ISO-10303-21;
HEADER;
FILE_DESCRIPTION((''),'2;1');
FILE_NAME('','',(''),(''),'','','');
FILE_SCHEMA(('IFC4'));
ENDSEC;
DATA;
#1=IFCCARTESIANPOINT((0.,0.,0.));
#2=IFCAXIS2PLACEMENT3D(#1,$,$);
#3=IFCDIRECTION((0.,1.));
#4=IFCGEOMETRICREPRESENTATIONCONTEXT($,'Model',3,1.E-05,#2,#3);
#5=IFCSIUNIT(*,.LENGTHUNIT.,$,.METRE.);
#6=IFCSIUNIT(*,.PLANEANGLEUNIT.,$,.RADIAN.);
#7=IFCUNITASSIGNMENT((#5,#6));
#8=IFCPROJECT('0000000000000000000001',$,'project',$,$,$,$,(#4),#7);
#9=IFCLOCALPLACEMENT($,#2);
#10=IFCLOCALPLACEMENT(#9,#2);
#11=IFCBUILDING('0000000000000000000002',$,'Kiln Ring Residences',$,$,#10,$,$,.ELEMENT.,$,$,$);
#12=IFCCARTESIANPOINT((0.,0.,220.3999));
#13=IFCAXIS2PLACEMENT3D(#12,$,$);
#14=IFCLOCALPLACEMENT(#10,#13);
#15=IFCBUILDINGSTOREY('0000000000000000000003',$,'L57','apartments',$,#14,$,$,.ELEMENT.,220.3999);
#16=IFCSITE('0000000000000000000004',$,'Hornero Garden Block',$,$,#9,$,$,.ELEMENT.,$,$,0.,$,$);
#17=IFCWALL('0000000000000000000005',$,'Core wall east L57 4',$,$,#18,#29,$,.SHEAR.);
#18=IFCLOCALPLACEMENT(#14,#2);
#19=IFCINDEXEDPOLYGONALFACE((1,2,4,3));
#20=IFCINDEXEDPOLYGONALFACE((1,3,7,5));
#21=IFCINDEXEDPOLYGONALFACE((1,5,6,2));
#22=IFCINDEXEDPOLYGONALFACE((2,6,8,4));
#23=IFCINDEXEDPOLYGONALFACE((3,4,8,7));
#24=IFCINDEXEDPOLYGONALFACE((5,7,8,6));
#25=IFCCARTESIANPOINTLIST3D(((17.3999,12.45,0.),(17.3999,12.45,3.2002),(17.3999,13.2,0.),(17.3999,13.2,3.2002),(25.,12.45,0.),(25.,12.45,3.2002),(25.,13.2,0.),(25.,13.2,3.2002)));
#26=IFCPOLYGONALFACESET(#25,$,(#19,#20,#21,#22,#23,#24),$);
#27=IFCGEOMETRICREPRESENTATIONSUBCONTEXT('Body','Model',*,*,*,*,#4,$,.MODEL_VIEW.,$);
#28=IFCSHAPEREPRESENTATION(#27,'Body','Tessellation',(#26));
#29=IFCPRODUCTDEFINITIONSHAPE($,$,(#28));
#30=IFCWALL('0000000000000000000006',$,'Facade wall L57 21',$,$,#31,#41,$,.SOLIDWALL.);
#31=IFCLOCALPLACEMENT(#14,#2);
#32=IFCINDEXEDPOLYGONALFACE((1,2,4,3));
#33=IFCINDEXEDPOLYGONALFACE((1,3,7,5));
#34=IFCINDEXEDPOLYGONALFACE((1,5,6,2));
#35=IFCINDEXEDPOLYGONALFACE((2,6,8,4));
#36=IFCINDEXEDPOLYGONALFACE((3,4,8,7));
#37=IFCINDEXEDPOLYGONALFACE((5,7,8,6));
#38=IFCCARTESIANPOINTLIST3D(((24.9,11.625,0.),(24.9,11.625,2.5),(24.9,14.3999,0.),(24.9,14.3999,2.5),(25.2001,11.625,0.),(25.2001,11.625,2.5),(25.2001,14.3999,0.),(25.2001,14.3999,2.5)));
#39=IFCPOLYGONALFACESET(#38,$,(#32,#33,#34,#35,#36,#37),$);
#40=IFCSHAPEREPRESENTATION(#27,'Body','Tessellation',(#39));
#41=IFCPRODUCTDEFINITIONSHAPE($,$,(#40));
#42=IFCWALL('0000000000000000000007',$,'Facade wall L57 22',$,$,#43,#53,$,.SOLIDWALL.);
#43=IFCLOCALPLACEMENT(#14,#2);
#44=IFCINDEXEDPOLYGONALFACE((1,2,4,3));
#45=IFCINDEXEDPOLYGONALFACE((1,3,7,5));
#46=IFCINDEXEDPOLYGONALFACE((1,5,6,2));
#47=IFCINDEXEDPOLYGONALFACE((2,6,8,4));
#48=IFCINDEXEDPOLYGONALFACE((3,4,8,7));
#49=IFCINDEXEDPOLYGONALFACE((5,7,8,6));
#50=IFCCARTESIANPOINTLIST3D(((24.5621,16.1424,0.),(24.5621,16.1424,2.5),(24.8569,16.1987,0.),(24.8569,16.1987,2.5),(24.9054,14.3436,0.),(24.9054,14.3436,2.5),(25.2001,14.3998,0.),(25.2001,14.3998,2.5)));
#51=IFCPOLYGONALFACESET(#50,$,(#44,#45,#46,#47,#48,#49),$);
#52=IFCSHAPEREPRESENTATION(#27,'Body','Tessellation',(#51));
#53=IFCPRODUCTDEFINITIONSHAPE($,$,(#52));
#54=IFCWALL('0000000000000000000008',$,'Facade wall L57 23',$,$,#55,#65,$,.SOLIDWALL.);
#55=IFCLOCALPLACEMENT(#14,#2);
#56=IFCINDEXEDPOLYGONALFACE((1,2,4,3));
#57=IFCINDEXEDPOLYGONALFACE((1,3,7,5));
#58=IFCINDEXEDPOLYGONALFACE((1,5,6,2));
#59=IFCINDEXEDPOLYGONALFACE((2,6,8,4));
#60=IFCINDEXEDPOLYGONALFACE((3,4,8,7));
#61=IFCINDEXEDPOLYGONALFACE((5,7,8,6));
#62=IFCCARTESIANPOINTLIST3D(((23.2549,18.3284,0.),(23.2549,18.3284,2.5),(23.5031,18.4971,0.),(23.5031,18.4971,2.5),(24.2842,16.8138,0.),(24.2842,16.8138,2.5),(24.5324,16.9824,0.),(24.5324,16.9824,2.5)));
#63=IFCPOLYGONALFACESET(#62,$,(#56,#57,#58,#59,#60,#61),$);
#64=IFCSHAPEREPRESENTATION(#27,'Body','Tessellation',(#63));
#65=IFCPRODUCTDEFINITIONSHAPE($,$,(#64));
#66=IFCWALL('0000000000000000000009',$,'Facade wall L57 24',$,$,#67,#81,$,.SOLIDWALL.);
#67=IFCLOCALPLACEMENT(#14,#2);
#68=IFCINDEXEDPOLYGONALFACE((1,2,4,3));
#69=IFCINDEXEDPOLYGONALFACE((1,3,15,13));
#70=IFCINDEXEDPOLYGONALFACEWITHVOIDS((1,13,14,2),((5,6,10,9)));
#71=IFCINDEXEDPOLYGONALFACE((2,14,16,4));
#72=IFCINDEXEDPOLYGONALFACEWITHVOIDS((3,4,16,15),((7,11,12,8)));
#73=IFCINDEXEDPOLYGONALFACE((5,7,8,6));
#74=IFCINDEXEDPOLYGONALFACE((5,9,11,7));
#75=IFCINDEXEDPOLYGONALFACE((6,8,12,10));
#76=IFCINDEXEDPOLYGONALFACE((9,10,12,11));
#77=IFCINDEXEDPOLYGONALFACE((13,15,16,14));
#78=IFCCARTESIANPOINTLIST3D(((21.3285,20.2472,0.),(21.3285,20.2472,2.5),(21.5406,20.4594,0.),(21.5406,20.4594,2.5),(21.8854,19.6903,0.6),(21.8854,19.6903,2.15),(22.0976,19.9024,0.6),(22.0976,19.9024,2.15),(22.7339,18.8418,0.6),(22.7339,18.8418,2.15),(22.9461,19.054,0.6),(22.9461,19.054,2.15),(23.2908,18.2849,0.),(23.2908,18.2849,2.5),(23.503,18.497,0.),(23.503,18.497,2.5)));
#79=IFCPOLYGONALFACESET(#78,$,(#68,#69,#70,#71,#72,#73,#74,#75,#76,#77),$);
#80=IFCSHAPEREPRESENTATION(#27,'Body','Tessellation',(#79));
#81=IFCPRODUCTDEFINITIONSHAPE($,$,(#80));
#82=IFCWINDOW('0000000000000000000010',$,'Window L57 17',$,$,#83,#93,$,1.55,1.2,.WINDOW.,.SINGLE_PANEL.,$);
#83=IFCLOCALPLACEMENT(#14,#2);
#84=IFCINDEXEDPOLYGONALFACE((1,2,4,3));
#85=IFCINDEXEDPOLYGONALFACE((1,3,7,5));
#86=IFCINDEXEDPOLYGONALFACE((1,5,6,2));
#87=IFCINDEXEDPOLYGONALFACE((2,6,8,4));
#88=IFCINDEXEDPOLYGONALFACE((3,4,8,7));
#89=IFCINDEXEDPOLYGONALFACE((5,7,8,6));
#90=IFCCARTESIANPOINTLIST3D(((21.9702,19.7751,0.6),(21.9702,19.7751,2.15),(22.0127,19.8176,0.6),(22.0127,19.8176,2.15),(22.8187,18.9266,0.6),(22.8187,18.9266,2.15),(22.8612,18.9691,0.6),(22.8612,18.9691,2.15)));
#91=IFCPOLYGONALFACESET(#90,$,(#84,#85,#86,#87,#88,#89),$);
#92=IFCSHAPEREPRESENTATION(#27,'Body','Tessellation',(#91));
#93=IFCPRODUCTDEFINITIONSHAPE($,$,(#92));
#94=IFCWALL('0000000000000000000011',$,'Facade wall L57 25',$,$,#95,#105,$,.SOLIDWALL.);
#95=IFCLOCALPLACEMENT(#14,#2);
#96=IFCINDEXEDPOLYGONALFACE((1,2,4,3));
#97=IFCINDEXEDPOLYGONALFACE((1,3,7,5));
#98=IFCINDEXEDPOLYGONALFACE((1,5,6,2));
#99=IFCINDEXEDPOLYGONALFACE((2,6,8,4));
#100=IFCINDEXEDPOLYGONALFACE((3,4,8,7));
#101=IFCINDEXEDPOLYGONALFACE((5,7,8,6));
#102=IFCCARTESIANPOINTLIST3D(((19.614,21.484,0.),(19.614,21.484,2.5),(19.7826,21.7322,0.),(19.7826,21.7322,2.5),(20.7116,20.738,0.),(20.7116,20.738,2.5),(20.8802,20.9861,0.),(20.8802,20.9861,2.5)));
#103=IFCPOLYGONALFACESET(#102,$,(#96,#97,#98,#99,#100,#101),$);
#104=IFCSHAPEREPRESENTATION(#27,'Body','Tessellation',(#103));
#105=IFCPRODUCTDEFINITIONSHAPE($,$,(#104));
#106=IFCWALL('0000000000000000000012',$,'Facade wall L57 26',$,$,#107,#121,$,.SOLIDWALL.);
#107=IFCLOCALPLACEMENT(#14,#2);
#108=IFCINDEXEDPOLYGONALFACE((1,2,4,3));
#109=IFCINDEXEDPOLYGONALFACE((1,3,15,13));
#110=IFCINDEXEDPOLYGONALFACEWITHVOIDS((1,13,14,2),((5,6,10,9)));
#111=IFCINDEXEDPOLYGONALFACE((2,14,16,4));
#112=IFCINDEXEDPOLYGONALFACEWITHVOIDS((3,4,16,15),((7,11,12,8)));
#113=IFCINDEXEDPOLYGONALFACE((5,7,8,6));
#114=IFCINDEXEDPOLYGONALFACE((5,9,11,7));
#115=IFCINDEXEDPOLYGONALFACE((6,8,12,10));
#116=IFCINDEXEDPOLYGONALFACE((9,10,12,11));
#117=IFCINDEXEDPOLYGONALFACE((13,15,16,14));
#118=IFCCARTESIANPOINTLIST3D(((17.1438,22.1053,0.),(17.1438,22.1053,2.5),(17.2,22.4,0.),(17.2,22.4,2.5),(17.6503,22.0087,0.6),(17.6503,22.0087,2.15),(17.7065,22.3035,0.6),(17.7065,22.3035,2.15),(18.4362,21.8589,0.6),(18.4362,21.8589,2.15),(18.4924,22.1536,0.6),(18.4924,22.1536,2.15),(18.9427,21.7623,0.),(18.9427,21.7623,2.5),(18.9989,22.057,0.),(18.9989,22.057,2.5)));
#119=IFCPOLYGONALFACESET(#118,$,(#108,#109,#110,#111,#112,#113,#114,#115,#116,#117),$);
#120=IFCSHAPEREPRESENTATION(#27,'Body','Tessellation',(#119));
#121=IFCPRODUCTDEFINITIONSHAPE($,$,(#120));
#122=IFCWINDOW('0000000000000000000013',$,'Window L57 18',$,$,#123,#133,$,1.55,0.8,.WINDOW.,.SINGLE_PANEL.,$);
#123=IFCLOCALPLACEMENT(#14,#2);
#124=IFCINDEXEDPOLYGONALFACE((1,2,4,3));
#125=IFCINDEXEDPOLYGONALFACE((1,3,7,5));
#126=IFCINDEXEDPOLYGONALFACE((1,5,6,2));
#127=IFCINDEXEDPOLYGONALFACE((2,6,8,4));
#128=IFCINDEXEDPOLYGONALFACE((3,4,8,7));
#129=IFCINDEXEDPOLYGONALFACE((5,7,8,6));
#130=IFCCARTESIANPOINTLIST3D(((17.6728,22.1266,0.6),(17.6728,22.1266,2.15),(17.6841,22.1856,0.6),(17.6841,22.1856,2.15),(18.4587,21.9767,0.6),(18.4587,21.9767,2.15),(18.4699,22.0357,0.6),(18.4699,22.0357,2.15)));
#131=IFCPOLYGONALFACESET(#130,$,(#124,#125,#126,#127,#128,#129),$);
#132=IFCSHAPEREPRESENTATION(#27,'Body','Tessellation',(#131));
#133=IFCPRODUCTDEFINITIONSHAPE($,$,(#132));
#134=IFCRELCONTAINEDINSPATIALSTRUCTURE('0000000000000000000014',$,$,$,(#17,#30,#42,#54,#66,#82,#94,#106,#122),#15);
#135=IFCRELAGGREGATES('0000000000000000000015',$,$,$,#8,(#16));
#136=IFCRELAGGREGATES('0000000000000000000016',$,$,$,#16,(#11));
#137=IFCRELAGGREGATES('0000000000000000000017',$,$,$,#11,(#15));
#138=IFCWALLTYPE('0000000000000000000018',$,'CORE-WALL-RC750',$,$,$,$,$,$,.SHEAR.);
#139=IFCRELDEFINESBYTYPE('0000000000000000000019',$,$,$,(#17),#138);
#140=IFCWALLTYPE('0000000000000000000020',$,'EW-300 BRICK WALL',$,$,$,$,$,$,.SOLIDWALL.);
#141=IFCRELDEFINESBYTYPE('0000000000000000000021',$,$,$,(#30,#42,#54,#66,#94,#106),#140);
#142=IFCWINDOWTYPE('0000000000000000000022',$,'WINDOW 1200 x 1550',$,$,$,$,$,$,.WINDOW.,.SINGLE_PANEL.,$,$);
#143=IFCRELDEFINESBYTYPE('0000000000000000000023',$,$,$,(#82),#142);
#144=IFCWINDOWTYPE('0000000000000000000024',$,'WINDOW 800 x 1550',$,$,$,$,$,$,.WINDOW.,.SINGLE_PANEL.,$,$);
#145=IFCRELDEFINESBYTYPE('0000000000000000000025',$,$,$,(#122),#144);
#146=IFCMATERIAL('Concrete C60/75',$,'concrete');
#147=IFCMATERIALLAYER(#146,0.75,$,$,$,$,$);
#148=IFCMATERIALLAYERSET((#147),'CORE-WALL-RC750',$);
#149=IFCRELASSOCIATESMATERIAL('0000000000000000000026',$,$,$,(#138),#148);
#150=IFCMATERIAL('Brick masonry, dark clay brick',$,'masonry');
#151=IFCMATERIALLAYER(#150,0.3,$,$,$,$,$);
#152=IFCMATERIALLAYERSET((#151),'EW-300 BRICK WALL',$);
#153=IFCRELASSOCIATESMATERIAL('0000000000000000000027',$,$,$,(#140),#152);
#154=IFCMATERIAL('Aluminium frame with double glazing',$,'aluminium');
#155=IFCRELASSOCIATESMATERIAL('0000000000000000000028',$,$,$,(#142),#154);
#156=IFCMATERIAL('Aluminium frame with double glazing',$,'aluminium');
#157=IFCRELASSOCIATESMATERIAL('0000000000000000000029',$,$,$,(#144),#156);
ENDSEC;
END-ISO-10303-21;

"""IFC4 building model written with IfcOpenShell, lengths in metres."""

from ifc_helpers import new_model, si_unit, direction, frame, frame_2d, origin, place, context, subcontext, project, spatial, rectangle, extrude, material, layer, layer_set, type_object, element, fill, save


model = new_model("IFC4")

# Units and contexts
model_context = context("Model", 3, precision=1e-05, world=origin(), true_north=direction((0.0, 1.0)))
body_context = subcontext(model_context, "Body", "Model", "MODEL_VIEW")
ifc_project = project(units=[si_unit("LENGTHUNIT", "METRE"), si_unit("PLANEANGLEUNIT", "RADIAN")], contexts=[model_context])

# Site, building, storey
site_placement = place(None, origin())
site = spatial("IfcSite", under=ifc_project, at=site_placement, Name="Hornero Garden Block", CompositionType="ELEMENT", RefElevation=0.0)
building_placement = place(site_placement, origin())
building = spatial("IfcBuilding", under=site, at=building_placement, Name="Kiln Ring Residences", CompositionType="ELEMENT")
storey_placement = place(building_placement, frame((0.0, 0.0, 220.3999)))
storey = spatial("IfcBuildingStorey", under=building, at=storey_placement, Name="L57", Description="apartments", CompositionType="ELEMENT", Elevation=220.3999)

# Walls
ifc_material_1 = material(Name="Concrete C60/75", Category="concrete")
ifc_layer_1 = layer(ifc_material_1, 0.75)
ifc_layer_set_1 = layer_set([ifc_layer_1], Name="CORE-WALL-RC750")
wall_type_1 = type_object("IfcWallType", Name="CORE-WALL-RC750", PredefinedType="SHEAR", material=ifc_layer_set_1)
wall_1_placement = place(storey_placement, frame((17.3999, 12.825, 0.0), z_axis=(0.0, 0.0, 1.0), x_axis=(1.0, 0.0, 0.0)))
element("IfcWall", 1, at=wall_1_placement, inside=storey, type_object=wall_type_1, Name="Core wall east L57 4", PredefinedType="SHEAR", context=body_context, shape_type="SweptSolid", body=[
    extrude(rectangle(XDim=7.6001, YDim=0.75, at=frame_2d((3.8, 0.0))), origin(), (0.0, 0.0, 1.0), 3.2002),
])
ifc_material_2 = material(Name="Brick masonry, dark clay brick", Category="masonry")
ifc_layer_2 = layer(ifc_material_2, 0.3)
ifc_layer_set_2 = layer_set([ifc_layer_2], Name="EW-300 BRICK WALL")
wall_type_2 = type_object("IfcWallType", Name="EW-300 BRICK WALL", PredefinedType="SOLIDWALL", material=ifc_layer_set_2)
wall_2_placement = place(storey_placement, frame((25.05, 11.625, 0.0), z_axis=(0.0, 0.0, 1.0), x_axis=(0.0, 1.0, 0.0)))
element("IfcWall", 2, at=wall_2_placement, inside=storey, type_object=wall_type_2, Name="Facade wall L57 21", PredefinedType="SOLIDWALL", context=body_context, shape_type="SweptSolid", body=[
    extrude(rectangle(XDim=2.7749, YDim=0.3, at=frame_2d((1.3875, 0.0))), origin(), (0.0, 0.0, 1.0), 2.5),
])
for number, where, z_axis, x_axis, name in (
    (3, (25.0527, 14.3718, 0.0), (0.0, 0.0, 1.0), (-0.187443, 0.982275, 0.0), "Facade wall L57 22"),
    (4, (24.4082, 16.8982, 0.0), (0.0, 0.0, 1.0), (-0.562062, 0.827095, 0.0), "Facade wall L57 23"),
):
    element("IfcWall", number, at=place(storey_placement, frame(where, z_axis=z_axis, x_axis=x_axis)), inside=storey, type_object=wall_type_2, Name=name, PredefinedType="SOLIDWALL", context=body_context, shape_type="SweptSolid", body=[
        extrude(rectangle(XDim=1.8313, YDim=0.3, at=frame_2d((0.9155, 0.0))), origin(), (0.0, 0.0, 1.0), 2.5),
    ])

# Wall, opening, window
wall_3_placement = place(storey_placement, frame((23.397, 18.3909, 0.0), z_axis=(0.0, 0.0, 1.0), x_axis=(-0.707107, 0.707107, 0.0)))
wall_3 = element("IfcWall", 5, at=wall_3_placement, inside=storey, type_object=wall_type_2, Name="Facade wall L57 24", PredefinedType="SOLIDWALL", context=body_context, shape_type="SweptSolid", body=[
    extrude(rectangle(XDim=2.7751, YDim=0.3, at=frame_2d((1.3877, 0.0))), origin(), (0.0, 0.0, 1.0), 2.5),
])
opening_1_placement = place(wall_3_placement, frame((0.7876, 0.0, 0.6001)))
opening_1 = element("IfcOpeningElement", 6, at=opening_1_placement, cuts=wall_3, PredefinedType="OPENING", context=body_context, shape_type="SweptSolid", body=[
    extrude(rectangle(XDim=1.2, YDim=1.55, at=frame_2d((0.6001, 0.7749))), frame((0.0, 0.1599, 0.0), z_axis=(0.0, -1.0, 0.0), x_axis=(1.0, 0.0, 0.0)), (0.0, 0.0, 1.0), 0.3201),
])
ifc_material_3 = material(Name="Aluminium frame with double glazing", Category="aluminium")
window_type_1 = type_object("IfcWindowType", Name="WINDOW 1200 x 1550", PartitioningType="SINGLE_PANEL", PredefinedType="WINDOW", material=ifc_material_3)
window_1_placement = place(opening_1_placement, origin())
window_1 = element("IfcWindow", 7, at=window_1_placement, inside=storey, type_object=window_type_1, Name="Window L57 17", OverallHeight=1.55, OverallWidth=1.2, PartitioningType="SINGLE_PANEL", PredefinedType="WINDOW", context=body_context, shape_type="SweptSolid", body=[
    extrude(rectangle(XDim=1.2, YDim=1.55, at=frame_2d((0.6001, 0.7749))), frame((0.0, 0.03, 0.0), z_axis=(0.0, -1.0, 0.0), x_axis=(1.0, 0.0, 0.0)), (0.0, 0.0, 1.0), 0.0601),
])
fill(opening_1, window_1)

# Wall
wall_4_placement = place(storey_placement, frame((20.7959, 20.8621, 0.0), z_axis=(0.0, 0.0, 1.0), x_axis=(-0.827036, 0.562149, 0.0)))
element("IfcWall", 8, at=wall_4_placement, inside=storey, type_object=wall_type_2, Name="Facade wall L57 25", PredefinedType="SOLIDWALL", context=body_context, shape_type="SweptSolid", body=[
    extrude(rectangle(XDim=1.3271, YDim=0.3, at=frame_2d((0.6636, 0.0))), origin(), (0.0, 0.0, 1.0), 2.5),
])

# Wall, opening, window
wall_5_placement = place(storey_placement, frame((18.9707, 21.9097, 0.0), z_axis=(0.0, 0.0, 1.0), x_axis=(-0.9823, 0.187314, 0.0)))
wall_5 = element("IfcWall", 9, at=wall_5_placement, inside=storey, type_object=wall_type_2, Name="Facade wall L57 26", PredefinedType="SOLIDWALL", context=body_context, shape_type="SweptSolid", body=[
    extrude(rectangle(XDim=1.8313, YDim=0.3, at=frame_2d((0.9155, 0.0))), origin(), (0.0, 0.0, 1.0), 2.5),
])
opening_2_placement = place(wall_5_placement, frame((0.5156, 0.0, 0.6001)))
opening_2 = element("IfcOpeningElement", 10, at=opening_2_placement, cuts=wall_5, PredefinedType="OPENING", context=body_context, shape_type="SweptSolid", body=[
    extrude(rectangle(XDim=0.8, YDim=1.55, at=frame_2d((0.3999, 0.7749))), frame((0.0, 0.1599, 0.0), z_axis=(0.0, -1.0, 0.0), x_axis=(1.0, 0.0, 0.0)), (0.0, 0.0, 1.0), 0.3201),
])
ifc_material_4 = material(Name="Aluminium frame with double glazing", Category="aluminium")
window_type_2 = type_object("IfcWindowType", Name="WINDOW 800 x 1550", PartitioningType="SINGLE_PANEL", PredefinedType="WINDOW", material=ifc_material_4)
window_2_placement = place(opening_2_placement, origin())
window_2 = element("IfcWindow", 11, at=window_2_placement, inside=storey, type_object=window_type_2, Name="Window L57 18", OverallHeight=1.55, OverallWidth=0.8, PartitioningType="SINGLE_PANEL", PredefinedType="WINDOW", context=body_context, shape_type="SweptSolid", body=[
    extrude(rectangle(XDim=0.8, YDim=1.55, at=frame_2d((0.3999, 0.7749))), frame((0.0, 0.03, 0.0), z_axis=(0.0, -1.0, 0.0), x_axis=(1.0, 0.0, 0.0)), (0.0, 0.0, 1.0), 0.0601),
])
fill(opening_2, window_2)

save(model, "model.ifc")
